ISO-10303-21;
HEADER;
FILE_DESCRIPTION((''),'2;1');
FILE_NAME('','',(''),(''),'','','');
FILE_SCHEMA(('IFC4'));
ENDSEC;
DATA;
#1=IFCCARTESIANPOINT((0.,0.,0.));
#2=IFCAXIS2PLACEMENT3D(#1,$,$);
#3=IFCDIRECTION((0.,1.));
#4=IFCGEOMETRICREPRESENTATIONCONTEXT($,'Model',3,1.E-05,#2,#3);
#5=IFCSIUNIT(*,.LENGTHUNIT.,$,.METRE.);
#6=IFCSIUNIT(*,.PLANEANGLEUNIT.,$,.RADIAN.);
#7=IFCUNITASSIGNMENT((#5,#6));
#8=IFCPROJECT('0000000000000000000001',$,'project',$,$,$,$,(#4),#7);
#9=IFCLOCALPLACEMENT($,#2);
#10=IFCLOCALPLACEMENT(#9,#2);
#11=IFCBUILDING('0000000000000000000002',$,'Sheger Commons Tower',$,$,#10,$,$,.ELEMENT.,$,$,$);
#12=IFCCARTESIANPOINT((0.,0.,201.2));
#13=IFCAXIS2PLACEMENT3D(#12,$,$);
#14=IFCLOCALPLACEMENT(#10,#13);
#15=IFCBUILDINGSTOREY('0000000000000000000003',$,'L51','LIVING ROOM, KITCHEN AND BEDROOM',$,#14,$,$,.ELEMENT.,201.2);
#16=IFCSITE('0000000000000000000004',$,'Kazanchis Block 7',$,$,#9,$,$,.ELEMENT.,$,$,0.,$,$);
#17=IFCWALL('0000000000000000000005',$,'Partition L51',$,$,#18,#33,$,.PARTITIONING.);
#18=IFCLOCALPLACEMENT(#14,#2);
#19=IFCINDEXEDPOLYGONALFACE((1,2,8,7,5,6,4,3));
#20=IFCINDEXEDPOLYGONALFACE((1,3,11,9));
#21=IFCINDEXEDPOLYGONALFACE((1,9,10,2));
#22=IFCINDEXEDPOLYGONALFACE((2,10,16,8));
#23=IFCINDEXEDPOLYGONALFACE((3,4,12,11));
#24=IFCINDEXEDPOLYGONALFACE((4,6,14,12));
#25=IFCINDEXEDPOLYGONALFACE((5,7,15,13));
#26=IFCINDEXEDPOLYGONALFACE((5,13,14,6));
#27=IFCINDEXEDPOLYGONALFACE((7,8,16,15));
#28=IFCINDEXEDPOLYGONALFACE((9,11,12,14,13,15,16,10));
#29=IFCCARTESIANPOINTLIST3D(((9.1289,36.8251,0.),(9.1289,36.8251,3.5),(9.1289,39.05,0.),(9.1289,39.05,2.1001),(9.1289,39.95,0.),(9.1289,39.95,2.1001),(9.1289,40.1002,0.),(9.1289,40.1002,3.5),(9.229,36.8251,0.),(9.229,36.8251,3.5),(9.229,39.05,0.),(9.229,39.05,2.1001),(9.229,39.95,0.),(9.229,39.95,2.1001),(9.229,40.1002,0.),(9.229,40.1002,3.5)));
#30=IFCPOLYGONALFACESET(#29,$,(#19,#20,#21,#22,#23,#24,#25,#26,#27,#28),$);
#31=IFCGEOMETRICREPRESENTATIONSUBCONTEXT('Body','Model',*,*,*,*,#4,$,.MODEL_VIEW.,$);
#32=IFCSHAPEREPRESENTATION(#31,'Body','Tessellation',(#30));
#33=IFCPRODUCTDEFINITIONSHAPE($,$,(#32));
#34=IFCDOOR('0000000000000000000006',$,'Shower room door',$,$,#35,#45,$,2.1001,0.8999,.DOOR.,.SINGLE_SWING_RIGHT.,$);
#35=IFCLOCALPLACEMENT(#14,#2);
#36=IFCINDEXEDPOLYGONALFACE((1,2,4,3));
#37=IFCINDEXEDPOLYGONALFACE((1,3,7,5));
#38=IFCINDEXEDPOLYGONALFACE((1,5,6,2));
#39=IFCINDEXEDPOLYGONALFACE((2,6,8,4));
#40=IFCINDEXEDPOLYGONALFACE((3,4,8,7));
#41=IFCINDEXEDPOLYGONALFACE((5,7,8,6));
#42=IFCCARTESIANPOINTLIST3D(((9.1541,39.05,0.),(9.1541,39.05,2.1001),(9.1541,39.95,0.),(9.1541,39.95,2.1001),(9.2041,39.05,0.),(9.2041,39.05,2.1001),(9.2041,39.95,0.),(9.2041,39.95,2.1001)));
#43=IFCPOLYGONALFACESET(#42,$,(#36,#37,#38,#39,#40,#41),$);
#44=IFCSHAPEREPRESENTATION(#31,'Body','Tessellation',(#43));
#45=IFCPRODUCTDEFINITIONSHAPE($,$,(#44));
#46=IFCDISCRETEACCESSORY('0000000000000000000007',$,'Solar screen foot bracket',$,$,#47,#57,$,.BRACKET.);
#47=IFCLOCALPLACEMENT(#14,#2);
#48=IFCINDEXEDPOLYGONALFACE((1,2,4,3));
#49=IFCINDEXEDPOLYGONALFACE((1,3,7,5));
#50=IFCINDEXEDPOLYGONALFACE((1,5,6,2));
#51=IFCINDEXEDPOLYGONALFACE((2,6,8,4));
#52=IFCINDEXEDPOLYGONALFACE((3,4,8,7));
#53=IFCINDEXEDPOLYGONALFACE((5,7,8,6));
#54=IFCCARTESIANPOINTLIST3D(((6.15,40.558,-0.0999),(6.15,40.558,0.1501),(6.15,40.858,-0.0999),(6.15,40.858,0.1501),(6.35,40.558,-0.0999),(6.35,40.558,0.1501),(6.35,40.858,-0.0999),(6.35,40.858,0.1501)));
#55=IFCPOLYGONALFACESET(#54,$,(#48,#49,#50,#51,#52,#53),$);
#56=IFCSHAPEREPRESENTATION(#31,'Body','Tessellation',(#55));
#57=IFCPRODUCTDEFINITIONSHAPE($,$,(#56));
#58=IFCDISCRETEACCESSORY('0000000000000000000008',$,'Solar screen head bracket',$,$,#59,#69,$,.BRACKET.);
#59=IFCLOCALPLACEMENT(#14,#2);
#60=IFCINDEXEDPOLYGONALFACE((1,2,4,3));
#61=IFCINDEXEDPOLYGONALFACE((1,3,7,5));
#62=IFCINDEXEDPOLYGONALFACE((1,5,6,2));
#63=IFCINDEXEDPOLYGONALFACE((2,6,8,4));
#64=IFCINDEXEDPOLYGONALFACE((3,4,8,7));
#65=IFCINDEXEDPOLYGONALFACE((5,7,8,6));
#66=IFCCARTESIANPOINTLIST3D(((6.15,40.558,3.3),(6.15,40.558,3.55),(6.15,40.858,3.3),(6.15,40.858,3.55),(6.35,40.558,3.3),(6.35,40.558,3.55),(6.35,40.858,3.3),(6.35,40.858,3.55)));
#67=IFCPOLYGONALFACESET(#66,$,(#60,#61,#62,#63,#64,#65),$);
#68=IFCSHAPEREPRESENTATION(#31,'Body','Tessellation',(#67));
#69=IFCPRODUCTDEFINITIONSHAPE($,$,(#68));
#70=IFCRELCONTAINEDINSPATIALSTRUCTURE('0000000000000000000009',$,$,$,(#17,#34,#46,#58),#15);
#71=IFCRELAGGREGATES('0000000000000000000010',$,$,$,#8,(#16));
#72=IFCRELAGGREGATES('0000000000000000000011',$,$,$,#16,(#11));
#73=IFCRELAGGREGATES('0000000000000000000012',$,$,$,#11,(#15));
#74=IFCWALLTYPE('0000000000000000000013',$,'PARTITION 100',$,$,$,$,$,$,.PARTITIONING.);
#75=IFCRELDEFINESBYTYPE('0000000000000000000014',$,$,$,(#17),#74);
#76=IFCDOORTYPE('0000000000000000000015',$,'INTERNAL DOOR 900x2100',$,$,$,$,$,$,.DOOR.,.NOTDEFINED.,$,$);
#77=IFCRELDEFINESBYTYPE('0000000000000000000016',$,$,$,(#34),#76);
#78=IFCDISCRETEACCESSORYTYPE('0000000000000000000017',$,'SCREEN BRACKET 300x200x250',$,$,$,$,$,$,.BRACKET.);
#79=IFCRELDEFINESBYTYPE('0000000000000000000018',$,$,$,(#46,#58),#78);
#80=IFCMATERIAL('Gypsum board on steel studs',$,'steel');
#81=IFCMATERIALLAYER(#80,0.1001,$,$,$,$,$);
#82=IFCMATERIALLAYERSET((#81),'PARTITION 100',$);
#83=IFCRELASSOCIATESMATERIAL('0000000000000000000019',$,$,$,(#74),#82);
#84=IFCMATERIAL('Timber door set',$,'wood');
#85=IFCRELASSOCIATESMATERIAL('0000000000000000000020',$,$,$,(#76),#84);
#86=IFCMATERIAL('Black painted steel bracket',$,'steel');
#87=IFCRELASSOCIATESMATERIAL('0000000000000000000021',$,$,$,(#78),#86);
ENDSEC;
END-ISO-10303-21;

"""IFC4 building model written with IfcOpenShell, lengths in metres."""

from ifc_helpers import new_model, si_unit, direction, frame, frame_2d, origin, origin_2d, place, context, subcontext, project, spatial, rectangle, extrude, material, layer, layer_set, type_object, element, fill, save


model = new_model("IFC4")

# Units and contexts
model_context = context("Model", 3, precision=1e-05, world=origin(), true_north=direction((0.0, 1.0)))
body_context = subcontext(model_context, "Body", "Model", "MODEL_VIEW")
ifc_project = project(units=[si_unit("LENGTHUNIT", "METRE"), si_unit("PLANEANGLEUNIT", "RADIAN")], contexts=[model_context])

# Site, building, storey
site_placement = place(None, origin())
site = spatial("IfcSite", under=ifc_project, at=site_placement, Name="Kazanchis Block 7", CompositionType="ELEMENT", RefElevation=0.0)
building_placement = place(site_placement, origin())
building = spatial("IfcBuilding", under=site, at=building_placement, Name="Sheger Commons Tower", CompositionType="ELEMENT")
storey_placement = place(building_placement, frame((0.0, 0.0, 201.2)))
storey = spatial("IfcBuildingStorey", under=building, at=storey_placement, Name="L51", Description="LIVING ROOM, KITCHEN AND BEDROOM", CompositionType="ELEMENT", Elevation=201.2)

# Shared definitions
ifc_material_1 = material(Name="Gypsum board on steel studs", Category="steel")
ifc_layer_1 = layer(ifc_material_1, 0.1001)
ifc_layer_set_1 = layer_set([ifc_layer_1], Name="PARTITION 100")
wall_type_1 = type_object("IfcWallType", Name="PARTITION 100", PredefinedType="PARTITIONING", material=ifc_layer_set_1)

# Wall, opening, door
wall_1_placement = place(storey_placement, frame((9.179, 36.825, 0.0), z_axis=(0.0, 0.0, 1.0), x_axis=(0.0, 1.0, 0.0)))
wall_1 = element("IfcWall", 1, at=wall_1_placement, inside=storey, type_object=wall_type_1, Name="Partition L51", PredefinedType="PARTITIONING", context=body_context, shape_type="SweptSolid", body=[
    extrude(rectangle(XDim=3.2751, YDim=0.1001, at=frame_2d((1.6377, 0.0))), origin(), (0.0, 0.0, 1.0), 3.5),
])
opening_placement = place(wall_1_placement, frame((2.2251, 0.0, 0.0)))
opening = element("IfcOpeningElement", 2, at=opening_placement, cuts=wall_1, PredefinedType="OPENING", context=body_context, shape_type="SweptSolid", body=[
    extrude(rectangle(XDim=0.8999, YDim=2.1001, at=frame_2d((0.45, 1.05))), frame((0.0, 0.0601, 0.0), z_axis=(0.0, -1.0, 0.0), x_axis=(1.0, 0.0, 0.0)), (0.0, 0.0, 1.0), 0.1201),
])
ifc_material_2 = material(Name="Timber door set", Category="wood")
door_type = type_object("IfcDoorType", Name="INTERNAL DOOR 900x2100", OperationType="NOTDEFINED", PredefinedType="DOOR", material=ifc_material_2)
door_placement = place(opening_placement, origin())
door = element("IfcDoor", 3, at=door_placement, inside=storey, type_object=door_type, Name="Shower room door", OperationType="SINGLE_SWING_RIGHT", OverallHeight=2.1001, OverallWidth=0.8999, PredefinedType="DOOR", context=body_context, shape_type="SweptSolid", body=[
    extrude(rectangle(XDim=0.8999, YDim=2.1001, at=frame_2d((0.45, 1.05))), frame((0.0, 0.0249, 0.0), z_axis=(0.0, -1.0, 0.0), x_axis=(1.0, 0.0, 0.0)), (0.0, 0.0, 1.0), 0.05),
])
fill(opening, door)

# Discrete accessories
ifc_material_3 = material(Name="Black painted steel bracket", Category="steel")
discrete_accessory_type = type_object("IfcDiscreteAccessoryType", Name="SCREEN BRACKET 300x200x250", PredefinedType="BRACKET", material=ifc_material_3)
for number, where, z_axis, x_axis, name in (
    (4, (6.25, 40.708, -0.0999), (0.0, 0.0, 1.0), (0.0, -1.0, 0.0), "Solar screen foot bracket"),
    (5, (6.25, 40.708, 3.3), (0.0, 0.0, 1.0), (0.0, -1.0, 0.0), "Solar screen head bracket"),
):
    element("IfcDiscreteAccessory", number, at=place(storey_placement, frame(where, z_axis=z_axis, x_axis=x_axis)), inside=storey, type_object=discrete_accessory_type, Name=name, PredefinedType="BRACKET", context=body_context, shape_type="SweptSolid", body=[
        extrude(rectangle(XDim=0.3, YDim=0.2, at=origin_2d()), origin(), (0.0, 0.0, 1.0), 0.25),
    ])

save(model, "model.ifc")
